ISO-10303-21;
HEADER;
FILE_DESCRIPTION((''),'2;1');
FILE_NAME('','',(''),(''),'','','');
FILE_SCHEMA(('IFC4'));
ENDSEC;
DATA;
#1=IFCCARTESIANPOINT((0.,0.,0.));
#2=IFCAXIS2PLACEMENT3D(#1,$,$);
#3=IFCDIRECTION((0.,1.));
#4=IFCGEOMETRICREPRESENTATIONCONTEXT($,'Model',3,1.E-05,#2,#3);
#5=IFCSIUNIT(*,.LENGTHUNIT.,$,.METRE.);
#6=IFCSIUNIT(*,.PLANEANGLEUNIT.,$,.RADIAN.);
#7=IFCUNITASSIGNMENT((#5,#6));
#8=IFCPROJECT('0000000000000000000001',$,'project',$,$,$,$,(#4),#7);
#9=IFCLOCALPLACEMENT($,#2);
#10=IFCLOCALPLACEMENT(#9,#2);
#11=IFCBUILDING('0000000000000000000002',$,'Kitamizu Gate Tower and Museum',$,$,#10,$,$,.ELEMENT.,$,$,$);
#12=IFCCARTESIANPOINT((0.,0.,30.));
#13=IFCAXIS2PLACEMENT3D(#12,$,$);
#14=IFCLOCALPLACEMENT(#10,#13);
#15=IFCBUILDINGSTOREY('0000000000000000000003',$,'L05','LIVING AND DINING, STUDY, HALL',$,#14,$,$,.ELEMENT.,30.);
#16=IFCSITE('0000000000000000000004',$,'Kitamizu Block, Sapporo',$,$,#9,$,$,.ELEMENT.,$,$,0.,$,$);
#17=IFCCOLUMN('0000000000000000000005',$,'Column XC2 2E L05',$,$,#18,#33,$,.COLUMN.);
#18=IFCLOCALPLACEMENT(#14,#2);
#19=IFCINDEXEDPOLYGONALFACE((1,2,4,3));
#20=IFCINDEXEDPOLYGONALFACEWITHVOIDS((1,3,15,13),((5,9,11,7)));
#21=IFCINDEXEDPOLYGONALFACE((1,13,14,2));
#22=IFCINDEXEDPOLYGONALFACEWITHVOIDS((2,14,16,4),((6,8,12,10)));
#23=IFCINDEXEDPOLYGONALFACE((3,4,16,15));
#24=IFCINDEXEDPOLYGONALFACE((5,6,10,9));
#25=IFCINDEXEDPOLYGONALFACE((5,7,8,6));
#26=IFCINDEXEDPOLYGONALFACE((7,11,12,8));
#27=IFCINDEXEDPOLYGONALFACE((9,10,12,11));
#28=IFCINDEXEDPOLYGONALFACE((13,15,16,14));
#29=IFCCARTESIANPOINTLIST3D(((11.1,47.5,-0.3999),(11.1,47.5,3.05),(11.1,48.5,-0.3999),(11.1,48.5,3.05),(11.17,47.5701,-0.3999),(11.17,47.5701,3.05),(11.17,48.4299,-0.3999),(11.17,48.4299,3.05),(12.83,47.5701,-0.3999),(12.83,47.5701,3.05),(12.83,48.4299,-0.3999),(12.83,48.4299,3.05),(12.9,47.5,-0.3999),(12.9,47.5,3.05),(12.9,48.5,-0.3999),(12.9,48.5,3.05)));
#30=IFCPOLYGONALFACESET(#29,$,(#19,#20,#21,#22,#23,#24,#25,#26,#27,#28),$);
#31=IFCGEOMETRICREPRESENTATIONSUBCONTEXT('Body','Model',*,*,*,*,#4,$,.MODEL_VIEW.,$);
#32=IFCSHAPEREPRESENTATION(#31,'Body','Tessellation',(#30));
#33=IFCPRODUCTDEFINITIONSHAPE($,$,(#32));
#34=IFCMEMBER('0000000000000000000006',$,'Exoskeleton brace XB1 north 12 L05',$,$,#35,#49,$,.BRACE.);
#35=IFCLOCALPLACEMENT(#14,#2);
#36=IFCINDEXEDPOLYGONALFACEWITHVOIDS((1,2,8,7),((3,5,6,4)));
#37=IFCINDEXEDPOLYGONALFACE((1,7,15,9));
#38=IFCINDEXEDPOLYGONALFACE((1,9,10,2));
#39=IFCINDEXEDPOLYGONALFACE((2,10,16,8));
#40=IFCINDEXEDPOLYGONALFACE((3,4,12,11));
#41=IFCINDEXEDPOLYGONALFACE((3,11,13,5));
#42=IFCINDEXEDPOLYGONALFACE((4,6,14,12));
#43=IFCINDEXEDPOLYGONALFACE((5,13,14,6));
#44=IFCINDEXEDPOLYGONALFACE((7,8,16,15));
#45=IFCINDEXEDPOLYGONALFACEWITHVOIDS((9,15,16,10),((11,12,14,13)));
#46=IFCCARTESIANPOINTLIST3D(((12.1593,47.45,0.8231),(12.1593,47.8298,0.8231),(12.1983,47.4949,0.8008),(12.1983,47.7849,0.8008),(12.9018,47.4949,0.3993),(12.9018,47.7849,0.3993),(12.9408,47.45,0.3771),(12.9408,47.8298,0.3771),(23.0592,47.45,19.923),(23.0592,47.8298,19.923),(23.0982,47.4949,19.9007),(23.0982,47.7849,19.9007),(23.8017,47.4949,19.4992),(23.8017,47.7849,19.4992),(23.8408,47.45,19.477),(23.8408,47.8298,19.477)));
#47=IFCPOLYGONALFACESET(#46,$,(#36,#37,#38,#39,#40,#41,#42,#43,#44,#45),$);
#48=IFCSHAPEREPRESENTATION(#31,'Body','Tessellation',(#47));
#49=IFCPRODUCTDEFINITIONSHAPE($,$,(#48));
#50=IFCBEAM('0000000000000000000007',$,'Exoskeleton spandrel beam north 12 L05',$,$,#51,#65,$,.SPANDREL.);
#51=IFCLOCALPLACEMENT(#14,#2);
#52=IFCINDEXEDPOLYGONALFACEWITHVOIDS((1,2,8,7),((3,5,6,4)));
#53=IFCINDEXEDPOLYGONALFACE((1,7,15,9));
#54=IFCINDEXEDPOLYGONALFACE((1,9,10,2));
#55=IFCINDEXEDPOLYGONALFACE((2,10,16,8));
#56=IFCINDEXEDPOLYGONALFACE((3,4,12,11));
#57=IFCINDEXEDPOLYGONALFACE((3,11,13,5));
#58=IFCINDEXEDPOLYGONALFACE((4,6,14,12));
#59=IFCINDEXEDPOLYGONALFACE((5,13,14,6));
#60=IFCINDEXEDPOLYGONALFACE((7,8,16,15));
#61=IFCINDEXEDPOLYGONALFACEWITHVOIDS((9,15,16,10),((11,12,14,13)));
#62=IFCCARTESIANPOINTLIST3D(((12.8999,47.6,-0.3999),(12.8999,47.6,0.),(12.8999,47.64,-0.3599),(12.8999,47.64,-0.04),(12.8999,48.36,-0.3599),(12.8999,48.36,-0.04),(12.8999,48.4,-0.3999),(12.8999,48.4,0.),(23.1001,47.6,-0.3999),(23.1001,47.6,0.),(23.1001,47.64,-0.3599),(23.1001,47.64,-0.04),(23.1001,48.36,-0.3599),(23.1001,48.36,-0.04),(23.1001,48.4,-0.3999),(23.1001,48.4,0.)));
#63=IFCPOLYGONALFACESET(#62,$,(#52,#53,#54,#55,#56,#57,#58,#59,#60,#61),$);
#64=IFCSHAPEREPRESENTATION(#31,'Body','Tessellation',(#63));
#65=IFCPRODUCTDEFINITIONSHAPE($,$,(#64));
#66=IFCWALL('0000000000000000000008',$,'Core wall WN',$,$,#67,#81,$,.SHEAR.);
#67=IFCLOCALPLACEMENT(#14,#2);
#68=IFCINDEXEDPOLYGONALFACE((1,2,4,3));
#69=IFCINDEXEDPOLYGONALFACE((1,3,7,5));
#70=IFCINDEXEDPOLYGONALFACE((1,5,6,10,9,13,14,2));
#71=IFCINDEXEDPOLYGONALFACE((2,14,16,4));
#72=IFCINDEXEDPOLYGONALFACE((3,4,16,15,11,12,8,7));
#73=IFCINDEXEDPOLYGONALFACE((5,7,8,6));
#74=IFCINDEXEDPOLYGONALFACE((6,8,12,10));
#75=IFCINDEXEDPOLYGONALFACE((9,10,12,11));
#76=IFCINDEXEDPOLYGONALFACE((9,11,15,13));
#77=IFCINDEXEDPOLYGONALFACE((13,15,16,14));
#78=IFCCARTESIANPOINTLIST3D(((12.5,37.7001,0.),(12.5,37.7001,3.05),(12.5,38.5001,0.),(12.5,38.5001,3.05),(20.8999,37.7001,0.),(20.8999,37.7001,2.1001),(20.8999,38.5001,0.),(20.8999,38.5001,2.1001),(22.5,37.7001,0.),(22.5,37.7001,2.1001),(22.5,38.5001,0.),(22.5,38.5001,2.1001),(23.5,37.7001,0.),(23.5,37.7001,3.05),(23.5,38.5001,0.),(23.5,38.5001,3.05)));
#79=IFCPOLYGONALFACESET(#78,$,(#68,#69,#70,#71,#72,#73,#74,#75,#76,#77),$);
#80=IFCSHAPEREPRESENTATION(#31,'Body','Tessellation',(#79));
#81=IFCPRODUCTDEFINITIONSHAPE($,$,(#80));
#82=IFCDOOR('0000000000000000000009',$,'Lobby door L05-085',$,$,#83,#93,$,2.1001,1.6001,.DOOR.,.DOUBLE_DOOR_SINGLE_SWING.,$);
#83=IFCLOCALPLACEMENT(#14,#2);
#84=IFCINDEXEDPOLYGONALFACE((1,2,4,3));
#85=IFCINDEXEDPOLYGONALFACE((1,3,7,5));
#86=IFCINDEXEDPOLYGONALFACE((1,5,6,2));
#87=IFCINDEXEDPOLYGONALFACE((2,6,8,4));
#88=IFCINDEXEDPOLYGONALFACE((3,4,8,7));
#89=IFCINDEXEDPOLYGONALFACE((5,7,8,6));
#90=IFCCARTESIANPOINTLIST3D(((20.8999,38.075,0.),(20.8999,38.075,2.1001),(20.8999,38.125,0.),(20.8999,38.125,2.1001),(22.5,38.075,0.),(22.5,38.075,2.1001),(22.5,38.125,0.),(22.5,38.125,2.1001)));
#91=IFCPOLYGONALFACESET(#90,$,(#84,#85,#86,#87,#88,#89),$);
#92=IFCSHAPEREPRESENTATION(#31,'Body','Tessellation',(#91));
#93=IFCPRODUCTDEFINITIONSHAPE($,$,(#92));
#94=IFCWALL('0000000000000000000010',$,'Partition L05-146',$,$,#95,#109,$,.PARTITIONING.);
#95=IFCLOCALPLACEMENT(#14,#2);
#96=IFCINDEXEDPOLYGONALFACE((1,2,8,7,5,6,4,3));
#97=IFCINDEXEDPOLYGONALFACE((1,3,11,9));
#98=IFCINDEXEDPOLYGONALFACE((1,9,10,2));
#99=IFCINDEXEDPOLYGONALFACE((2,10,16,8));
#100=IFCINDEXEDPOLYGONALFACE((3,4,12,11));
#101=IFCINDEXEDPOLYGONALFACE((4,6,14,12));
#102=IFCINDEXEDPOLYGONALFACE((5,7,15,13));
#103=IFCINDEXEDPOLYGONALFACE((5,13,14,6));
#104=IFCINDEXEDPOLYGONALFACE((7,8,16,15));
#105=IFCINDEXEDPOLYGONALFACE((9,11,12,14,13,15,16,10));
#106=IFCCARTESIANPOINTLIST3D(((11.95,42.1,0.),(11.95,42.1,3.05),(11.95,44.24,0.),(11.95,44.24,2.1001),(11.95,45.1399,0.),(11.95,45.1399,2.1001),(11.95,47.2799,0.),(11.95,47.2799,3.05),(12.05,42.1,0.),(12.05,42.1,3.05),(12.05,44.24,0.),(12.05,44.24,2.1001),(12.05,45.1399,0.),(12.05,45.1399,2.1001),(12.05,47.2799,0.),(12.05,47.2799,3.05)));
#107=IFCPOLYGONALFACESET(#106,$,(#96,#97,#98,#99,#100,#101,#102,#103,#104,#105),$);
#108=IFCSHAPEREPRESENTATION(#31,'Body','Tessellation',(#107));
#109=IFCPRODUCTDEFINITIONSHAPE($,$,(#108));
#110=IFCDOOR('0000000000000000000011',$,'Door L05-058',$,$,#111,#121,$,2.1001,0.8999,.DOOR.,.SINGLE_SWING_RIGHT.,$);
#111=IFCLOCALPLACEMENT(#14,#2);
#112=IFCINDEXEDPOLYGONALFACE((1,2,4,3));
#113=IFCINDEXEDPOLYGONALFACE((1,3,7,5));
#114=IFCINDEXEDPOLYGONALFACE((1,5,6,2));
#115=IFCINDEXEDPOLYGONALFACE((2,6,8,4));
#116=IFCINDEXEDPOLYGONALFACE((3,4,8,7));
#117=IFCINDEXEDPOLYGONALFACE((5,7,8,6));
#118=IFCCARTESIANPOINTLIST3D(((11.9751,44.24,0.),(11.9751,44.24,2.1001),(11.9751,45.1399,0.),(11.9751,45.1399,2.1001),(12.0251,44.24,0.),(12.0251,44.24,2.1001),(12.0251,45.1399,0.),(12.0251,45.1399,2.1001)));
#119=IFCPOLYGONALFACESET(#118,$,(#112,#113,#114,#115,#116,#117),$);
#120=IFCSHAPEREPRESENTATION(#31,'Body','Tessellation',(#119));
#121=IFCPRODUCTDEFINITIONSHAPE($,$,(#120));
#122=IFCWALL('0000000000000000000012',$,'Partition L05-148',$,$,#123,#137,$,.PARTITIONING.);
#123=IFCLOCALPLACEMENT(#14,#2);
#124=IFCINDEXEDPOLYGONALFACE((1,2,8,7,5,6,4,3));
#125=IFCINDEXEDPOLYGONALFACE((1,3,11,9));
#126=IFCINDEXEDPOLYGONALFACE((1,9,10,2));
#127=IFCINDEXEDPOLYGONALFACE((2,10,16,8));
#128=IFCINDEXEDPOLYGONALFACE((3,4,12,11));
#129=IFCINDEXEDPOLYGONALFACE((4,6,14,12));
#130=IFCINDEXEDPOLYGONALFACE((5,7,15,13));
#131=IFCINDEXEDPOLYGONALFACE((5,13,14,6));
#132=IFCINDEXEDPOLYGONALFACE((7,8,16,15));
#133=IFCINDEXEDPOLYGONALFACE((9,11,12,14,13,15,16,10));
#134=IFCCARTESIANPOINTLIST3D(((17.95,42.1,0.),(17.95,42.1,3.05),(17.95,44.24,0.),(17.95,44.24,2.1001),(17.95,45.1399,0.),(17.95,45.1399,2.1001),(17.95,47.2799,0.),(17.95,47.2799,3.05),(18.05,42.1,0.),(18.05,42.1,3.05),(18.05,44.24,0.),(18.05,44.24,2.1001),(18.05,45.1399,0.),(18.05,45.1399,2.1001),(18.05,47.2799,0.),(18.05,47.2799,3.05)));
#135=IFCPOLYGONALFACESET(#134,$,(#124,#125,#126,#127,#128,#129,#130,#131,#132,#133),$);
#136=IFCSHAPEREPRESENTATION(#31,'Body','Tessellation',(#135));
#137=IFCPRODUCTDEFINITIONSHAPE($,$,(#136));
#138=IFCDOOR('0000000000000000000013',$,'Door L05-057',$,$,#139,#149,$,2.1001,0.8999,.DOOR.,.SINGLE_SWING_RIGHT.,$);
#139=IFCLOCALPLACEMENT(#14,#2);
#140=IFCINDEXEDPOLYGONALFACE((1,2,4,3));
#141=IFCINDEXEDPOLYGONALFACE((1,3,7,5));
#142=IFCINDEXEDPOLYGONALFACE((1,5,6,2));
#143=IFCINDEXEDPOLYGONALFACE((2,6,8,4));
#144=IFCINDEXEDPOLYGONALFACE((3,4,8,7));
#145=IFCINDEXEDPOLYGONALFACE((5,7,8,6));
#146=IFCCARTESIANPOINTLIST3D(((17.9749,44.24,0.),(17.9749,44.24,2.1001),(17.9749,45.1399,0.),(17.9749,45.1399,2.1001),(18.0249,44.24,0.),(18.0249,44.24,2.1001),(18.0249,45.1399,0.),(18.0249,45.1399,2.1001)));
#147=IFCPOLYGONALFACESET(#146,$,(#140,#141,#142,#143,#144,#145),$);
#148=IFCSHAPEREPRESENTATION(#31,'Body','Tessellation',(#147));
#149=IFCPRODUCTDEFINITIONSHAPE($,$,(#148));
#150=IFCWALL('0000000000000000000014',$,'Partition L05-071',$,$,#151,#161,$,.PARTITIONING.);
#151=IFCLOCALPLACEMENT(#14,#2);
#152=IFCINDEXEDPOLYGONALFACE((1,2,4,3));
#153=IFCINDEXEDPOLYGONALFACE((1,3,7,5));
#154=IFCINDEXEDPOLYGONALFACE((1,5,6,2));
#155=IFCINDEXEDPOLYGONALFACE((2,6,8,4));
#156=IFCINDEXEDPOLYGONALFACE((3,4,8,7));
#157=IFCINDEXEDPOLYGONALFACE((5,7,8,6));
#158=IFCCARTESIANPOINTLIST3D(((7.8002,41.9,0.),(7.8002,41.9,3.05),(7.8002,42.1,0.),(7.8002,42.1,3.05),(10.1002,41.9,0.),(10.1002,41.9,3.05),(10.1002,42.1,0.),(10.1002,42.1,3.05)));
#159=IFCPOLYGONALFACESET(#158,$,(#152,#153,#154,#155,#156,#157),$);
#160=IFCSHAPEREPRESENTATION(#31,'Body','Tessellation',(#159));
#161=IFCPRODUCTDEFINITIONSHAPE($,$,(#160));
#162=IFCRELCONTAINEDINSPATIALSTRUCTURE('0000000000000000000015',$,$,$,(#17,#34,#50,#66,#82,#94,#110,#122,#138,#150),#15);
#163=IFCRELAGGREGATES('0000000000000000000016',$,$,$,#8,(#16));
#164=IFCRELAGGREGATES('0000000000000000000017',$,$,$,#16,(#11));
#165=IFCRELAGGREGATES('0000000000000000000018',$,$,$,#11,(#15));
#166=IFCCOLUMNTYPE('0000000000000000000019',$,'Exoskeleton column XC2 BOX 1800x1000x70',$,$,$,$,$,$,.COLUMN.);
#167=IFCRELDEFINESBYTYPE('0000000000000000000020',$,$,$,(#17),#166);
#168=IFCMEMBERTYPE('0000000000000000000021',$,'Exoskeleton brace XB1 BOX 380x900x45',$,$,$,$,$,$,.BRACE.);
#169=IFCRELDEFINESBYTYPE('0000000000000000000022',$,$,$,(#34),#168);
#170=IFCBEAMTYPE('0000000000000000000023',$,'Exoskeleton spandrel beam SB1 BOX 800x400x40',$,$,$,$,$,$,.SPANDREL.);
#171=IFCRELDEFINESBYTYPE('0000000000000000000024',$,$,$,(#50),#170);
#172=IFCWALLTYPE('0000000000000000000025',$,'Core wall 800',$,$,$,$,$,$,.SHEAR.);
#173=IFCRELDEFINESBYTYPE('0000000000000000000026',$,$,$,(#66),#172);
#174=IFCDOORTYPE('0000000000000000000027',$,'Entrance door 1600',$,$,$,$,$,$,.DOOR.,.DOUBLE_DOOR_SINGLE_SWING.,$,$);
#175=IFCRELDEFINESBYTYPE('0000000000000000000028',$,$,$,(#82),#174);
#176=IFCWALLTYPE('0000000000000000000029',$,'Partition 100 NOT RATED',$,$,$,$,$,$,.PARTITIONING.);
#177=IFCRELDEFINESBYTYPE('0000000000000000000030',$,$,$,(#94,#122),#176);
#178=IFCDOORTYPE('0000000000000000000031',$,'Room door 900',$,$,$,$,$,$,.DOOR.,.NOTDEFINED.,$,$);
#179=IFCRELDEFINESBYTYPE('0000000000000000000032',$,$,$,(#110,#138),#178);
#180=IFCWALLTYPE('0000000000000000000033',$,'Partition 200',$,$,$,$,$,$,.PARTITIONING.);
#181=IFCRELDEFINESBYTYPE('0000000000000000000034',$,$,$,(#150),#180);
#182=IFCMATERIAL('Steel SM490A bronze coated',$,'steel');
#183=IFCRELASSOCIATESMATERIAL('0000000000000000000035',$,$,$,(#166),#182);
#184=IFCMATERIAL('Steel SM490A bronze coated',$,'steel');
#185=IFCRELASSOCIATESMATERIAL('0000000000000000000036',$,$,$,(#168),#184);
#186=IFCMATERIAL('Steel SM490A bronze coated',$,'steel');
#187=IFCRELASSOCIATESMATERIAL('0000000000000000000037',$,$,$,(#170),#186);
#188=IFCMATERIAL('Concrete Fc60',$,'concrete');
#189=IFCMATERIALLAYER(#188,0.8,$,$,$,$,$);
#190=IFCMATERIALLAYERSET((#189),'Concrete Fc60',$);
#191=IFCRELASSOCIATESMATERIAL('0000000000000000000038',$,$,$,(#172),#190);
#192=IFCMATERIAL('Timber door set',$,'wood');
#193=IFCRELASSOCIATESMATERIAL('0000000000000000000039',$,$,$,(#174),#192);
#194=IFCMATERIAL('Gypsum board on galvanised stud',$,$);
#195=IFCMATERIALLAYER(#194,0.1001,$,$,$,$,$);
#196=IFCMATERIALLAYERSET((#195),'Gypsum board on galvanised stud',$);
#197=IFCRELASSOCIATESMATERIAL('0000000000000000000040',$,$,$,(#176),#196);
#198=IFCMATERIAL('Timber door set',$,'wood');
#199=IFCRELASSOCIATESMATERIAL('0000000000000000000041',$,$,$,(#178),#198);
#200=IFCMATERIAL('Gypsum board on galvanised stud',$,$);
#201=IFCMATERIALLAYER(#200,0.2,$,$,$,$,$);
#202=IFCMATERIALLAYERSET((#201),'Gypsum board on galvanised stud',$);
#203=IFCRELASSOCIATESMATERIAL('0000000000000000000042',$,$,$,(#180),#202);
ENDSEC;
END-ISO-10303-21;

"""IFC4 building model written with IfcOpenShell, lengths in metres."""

from ifc_helpers import new_model, si_unit, direction, frame, frame_2d, origin, origin_2d, place, context, subcontext, project, spatial, rectangle, hollow_rectangle, extrude, material, layer, layer_set, material_profile, profile_set, type_object, element, fill, save


model = new_model("IFC4")

# Units and contexts
model_context = context("Model", 3, precision=1e-05, world=origin(), true_north=direction((0.0, 1.0)))
body_context = subcontext(model_context, "Body", "Model", "MODEL_VIEW")
ifc_project = project(units=[si_unit("LENGTHUNIT", "METRE"), si_unit("PLANEANGLEUNIT", "RADIAN")], contexts=[model_context])

# Site, building, storey
site_placement = place(None, origin())
site = spatial("IfcSite", under=ifc_project, at=site_placement, Name="Kitamizu Block, Sapporo", CompositionType="ELEMENT", RefElevation=0.0)
building_placement = place(site_placement, origin())
building = spatial("IfcBuilding", under=site, at=building_placement, Name="Kitamizu Gate Tower and Museum", CompositionType="ELEMENT")
storey_placement = place(building_placement, frame((0.0, 0.0, 30.0)))
storey = spatial("IfcBuildingStorey", under=building, at=storey_placement, Name="L05", Description="LIVING AND DINING, STUDY, HALL", CompositionType="ELEMENT", Elevation=30.0)

# Column
ifc_material_1 = material(Name="Steel SM490A bronze coated", Category="steel")
ifc_material_profile_1 = material_profile(ifc_material_1, hollow_rectangle(XDim=1.8, YDim=1.0, WallThickness=0.0701, at=origin_2d()), Name="BOX 1800x1000x70")
ifc_profile_set_1 = profile_set([ifc_material_profile_1], Name="Steel SM490A bronze coated")
column_type = type_object("IfcColumnType", Name="Exoskeleton column XC2 BOX 1800x1000x70", PredefinedType="COLUMN", material=ifc_profile_set_1)
column_placement = place(storey_placement, frame((12.0, 48.0, -0.3999), z_axis=(0.0, 0.0, 1.0), x_axis=(1.0, 0.0, 0.0)))
element("IfcColumn", 1, at=column_placement, inside=storey, type_object=column_type, Name="Column XC2 2E L05", PredefinedType="COLUMN", context=body_context, shape_type="SweptSolid", body=[
    extrude(hollow_rectangle(XDim=1.8, YDim=1.0, WallThickness=0.0701, at=origin_2d()), origin(), (0.0, 0.0, 1.0), 3.45),
])

# Member
ifc_material_2 = material(Name="Steel SM490A bronze coated", Category="steel")
ifc_material_profile_2 = material_profile(ifc_material_2, hollow_rectangle(XDim=0.3799, YDim=0.8999, WallThickness=0.0449, at=origin_2d()), Name="BOX 380x900x45")
ifc_profile_set_2 = profile_set([ifc_material_profile_2], Name="Steel SM490A bronze coated")
member_type = type_object("IfcMemberType", Name="Exoskeleton brace XB1 BOX 380x900x45", PredefinedType="BRACE", material=ifc_profile_set_2)
member_placement = place(storey_placement, frame((12.55, 47.6399, 0.6001), z_axis=(0.495649, 0.0, 0.868523), x_axis=(0.0, 1.0, 0.0)))
element("IfcMember", 2, at=member_placement, inside=storey, type_object=member_type, Name="Exoskeleton brace XB1 north 12 L05", PredefinedType="BRACE", context=body_context, shape_type="SweptSolid", body=[
    extrude(hollow_rectangle(XDim=0.3799, YDim=0.8999, WallThickness=0.0449, at=origin_2d()), origin(), (0.0, 0.0, 1.0), 21.9912),
])

# Beam
ifc_material_3 = material(Name="Steel SM490A bronze coated", Category="steel")
ifc_material_profile_3 = material_profile(ifc_material_3, hollow_rectangle(XDim=0.8, YDim=0.3999, WallThickness=0.04, at=origin_2d()), Name="BOX 800x400x40")
ifc_profile_set_3 = profile_set([ifc_material_profile_3], Name="Steel SM490A bronze coated")
beam_type = type_object("IfcBeamType", Name="Exoskeleton spandrel beam SB1 BOX 800x400x40", PredefinedType="SPANDREL", material=ifc_profile_set_3)
beam_placement = place(storey_placement, frame((12.8999, 48.0, -0.2), z_axis=(1.0, 0.0, 0.0), x_axis=(0.0, 1.0, 0.0)))
element("IfcBeam", 3, at=beam_placement, inside=storey, type_object=beam_type, Name="Exoskeleton spandrel beam north 12 L05", PredefinedType="SPANDREL", context=body_context, shape_type="SweptSolid", body=[
    extrude(hollow_rectangle(XDim=0.8, YDim=0.3999, WallThickness=0.04, at=origin_2d()), origin(), (0.0, 0.0, 1.0), 10.2002),
])

# Walls, openings, doors
ifc_material_4 = material(Name="Concrete Fc60", Category="concrete")
ifc_layer_1 = layer(ifc_material_4, 0.8)
ifc_layer_set_1 = layer_set([ifc_layer_1], Name="Concrete Fc60")
wall_type_1 = type_object("IfcWallType", Name="Core wall 800", PredefinedType="SHEAR", material=ifc_layer_set_1)
wall_1_placement = place(storey_placement, frame((12.5, 38.1001, 0.0), z_axis=(0.0, 0.0, 1.0), x_axis=(1.0, 0.0, 0.0)))
wall_1 = element("IfcWall", 4, at=wall_1_placement, inside=storey, type_object=wall_type_1, Name="Core wall WN", PredefinedType="SHEAR", context=body_context, shape_type="SweptSolid", body=[
    extrude(rectangle(XDim=11.0, YDim=0.8, at=frame_2d((5.5, 0.0))), origin(), (0.0, 0.0, 1.0), 3.05),
])
opening_1_placement = place(wall_1_placement, frame((8.3999, 0.0, 0.0)))
opening_1 = element("IfcOpeningElement", 5, at=opening_1_placement, cuts=wall_1, PredefinedType="OPENING", context=body_context, shape_type="SweptSolid", body=[
    extrude(rectangle(XDim=1.6001, YDim=2.1001, at=frame_2d((0.8, 1.05))), frame((0.0, 0.4102, 0.0), z_axis=(0.0, -1.0, 0.0), x_axis=(1.0, 0.0, 0.0)), (0.0, 0.0, 1.0), 0.8201),
])
ifc_material_5 = material(Name="Timber door set", Category="wood")
door_type_1 = type_object("IfcDoorType", Name="Entrance door 1600", OperationType="DOUBLE_DOOR_SINGLE_SWING", PredefinedType="DOOR", material=ifc_material_5)
door_1_placement = place(opening_1_placement, origin())
door_1 = element("IfcDoor", 6, at=door_1_placement, inside=storey, type_object=door_type_1, Name="Lobby door L05-085", OperationType="DOUBLE_DOOR_SINGLE_SWING", OverallHeight=2.1001, OverallWidth=1.6001, PredefinedType="DOOR", context=body_context, shape_type="SweptSolid", body=[
    extrude(rectangle(XDim=1.6001, YDim=2.1001, at=frame_2d((0.8, 1.05))), frame((0.0, 0.0249, 0.0), z_axis=(0.0, -1.0, 0.0), x_axis=(1.0, 0.0, 0.0)), (0.0, 0.0, 1.0), 0.05),
])
fill(opening_1, door_1)
ifc_material_6 = material(Name="Gypsum board on galvanised stud")
ifc_layer_2 = layer(ifc_material_6, 0.1001)
ifc_layer_set_2 = layer_set([ifc_layer_2], Name="Gypsum board on galvanised stud")
wall_type_2 = type_object("IfcWallType", Name="Partition 100 NOT RATED", PredefinedType="PARTITIONING", material=ifc_layer_set_2)
wall_2_placement = place(storey_placement, frame((12.0, 42.1001, 0.0), z_axis=(0.0, 0.0, 1.0), x_axis=(0.0, 1.0, 0.0)))
wall_2 = element("IfcWall", 7, at=wall_2_placement, inside=storey, type_object=wall_type_2, Name="Partition L05-146", PredefinedType="PARTITIONING", context=body_context, shape_type="SweptSolid", body=[
    extrude(rectangle(XDim=5.1799, YDim=0.1001, at=frame_2d((2.5898, 0.0))), origin(), (0.0, 0.0, 1.0), 3.05),
])
opening_2_placement = place(wall_2_placement, frame((2.1399, 0.0, 0.0)))
opening_2 = element("IfcOpeningElement", 8, at=opening_2_placement, cuts=wall_2, PredefinedType="OPENING", context=body_context, shape_type="SweptSolid", body=[
    extrude(rectangle(XDim=0.8999, YDim=2.1001, at=frame_2d((0.45, 1.05))), frame((0.0, 0.0601, 0.0), z_axis=(0.0, -1.0, 0.0), x_axis=(1.0, 0.0, 0.0)), (0.0, 0.0, 1.0), 0.1201),
])
ifc_material_7 = material(Name="Timber door set", Category="wood")
door_type_2 = type_object("IfcDoorType", Name="Room door 900", OperationType="NOTDEFINED", PredefinedType="DOOR", material=ifc_material_7)
door_2_placement = place(opening_2_placement, origin())
door_2 = element("IfcDoor", 9, at=door_2_placement, inside=storey, type_object=door_type_2, Name="Door L05-058", OperationType="SINGLE_SWING_RIGHT", OverallHeight=2.1001, OverallWidth=0.8999, PredefinedType="DOOR", context=body_context, shape_type="SweptSolid", body=[
    extrude(rectangle(XDim=0.8999, YDim=2.1001, at=frame_2d((0.45, 1.05))), frame((0.0, 0.0249, 0.0), z_axis=(0.0, -1.0, 0.0), x_axis=(1.0, 0.0, 0.0)), (0.0, 0.0, 1.0), 0.05),
])
fill(opening_2, door_2)
wall_3_placement = place(storey_placement, frame((18.0, 42.1001, 0.0), z_axis=(0.0, 0.0, 1.0), x_axis=(0.0, 1.0, 0.0)))
wall_3 = element("IfcWall", 10, at=wall_3_placement, inside=storey, type_object=wall_type_2, Name="Partition L05-148", PredefinedType="PARTITIONING", context=body_context, shape_type="SweptSolid", body=[
    extrude(rectangle(XDim=5.1799, YDim=0.1001, at=frame_2d((2.5898, 0.0))), origin(), (0.0, 0.0, 1.0), 3.05),
])
opening_3_placement = place(wall_3_placement, frame((2.1399, 0.0, 0.0)))
opening_3 = element("IfcOpeningElement", 11, at=opening_3_placement, cuts=wall_3, PredefinedType="OPENING", context=body_context, shape_type="SweptSolid", body=[
    extrude(rectangle(XDim=0.8999, YDim=2.1001, at=frame_2d((0.45, 1.05))), frame((0.0, 0.0601, 0.0), z_axis=(0.0, -1.0, 0.0), x_axis=(1.0, 0.0, 0.0)), (0.0, 0.0, 1.0), 0.1201),
])
door_3_placement = place(opening_3_placement, frame((0.8999, 0.0, 0.0), x_axis=(-1.0, 0.0, 0.0)))
door_3 = element("IfcDoor", 12, at=door_3_placement, inside=storey, type_object=door_type_2, Name="Door L05-057", OperationType="SINGLE_SWING_RIGHT", OverallHeight=2.1001, OverallWidth=0.8999, PredefinedType="DOOR", context=body_context, shape_type="SweptSolid", body=[
    extrude(rectangle(XDim=0.8999, YDim=2.1001, at=frame_2d((0.45, 1.05))), frame((0.0, 0.0249, 0.0), z_axis=(0.0, -1.0, 0.0), x_axis=(1.0, 0.0, 0.0)), (0.0, 0.0, 1.0), 0.05),
])
fill(opening_3, door_3)

# Wall
ifc_material_8 = material(Name="Gypsum board on galvanised stud")
ifc_layer_3 = layer(ifc_material_8, 0.2)
ifc_layer_set_3 = layer_set([ifc_layer_3], Name="Gypsum board on galvanised stud")
wall_type_3 = type_object("IfcWallType", Name="Partition 200", PredefinedType="PARTITIONING", material=ifc_layer_set_3)
wall_4_placement = place(storey_placement, frame((10.1001, 42.0, 0.0), z_axis=(0.0, 0.0, 1.0), x_axis=(-1.0, 0.0, 0.0)))
element("IfcWall", 13, at=wall_4_placement, inside=storey, type_object=wall_type_3, Name="Partition L05-071", PredefinedType="PARTITIONING", context=body_context, shape_type="SweptSolid", body=[
    extrude(rectangle(XDim=2.3, YDim=0.2, at=frame_2d((1.1499, 0.0))), origin(), (0.0, 0.0, 1.0), 3.05),
])

save(model, "model.ifc")
